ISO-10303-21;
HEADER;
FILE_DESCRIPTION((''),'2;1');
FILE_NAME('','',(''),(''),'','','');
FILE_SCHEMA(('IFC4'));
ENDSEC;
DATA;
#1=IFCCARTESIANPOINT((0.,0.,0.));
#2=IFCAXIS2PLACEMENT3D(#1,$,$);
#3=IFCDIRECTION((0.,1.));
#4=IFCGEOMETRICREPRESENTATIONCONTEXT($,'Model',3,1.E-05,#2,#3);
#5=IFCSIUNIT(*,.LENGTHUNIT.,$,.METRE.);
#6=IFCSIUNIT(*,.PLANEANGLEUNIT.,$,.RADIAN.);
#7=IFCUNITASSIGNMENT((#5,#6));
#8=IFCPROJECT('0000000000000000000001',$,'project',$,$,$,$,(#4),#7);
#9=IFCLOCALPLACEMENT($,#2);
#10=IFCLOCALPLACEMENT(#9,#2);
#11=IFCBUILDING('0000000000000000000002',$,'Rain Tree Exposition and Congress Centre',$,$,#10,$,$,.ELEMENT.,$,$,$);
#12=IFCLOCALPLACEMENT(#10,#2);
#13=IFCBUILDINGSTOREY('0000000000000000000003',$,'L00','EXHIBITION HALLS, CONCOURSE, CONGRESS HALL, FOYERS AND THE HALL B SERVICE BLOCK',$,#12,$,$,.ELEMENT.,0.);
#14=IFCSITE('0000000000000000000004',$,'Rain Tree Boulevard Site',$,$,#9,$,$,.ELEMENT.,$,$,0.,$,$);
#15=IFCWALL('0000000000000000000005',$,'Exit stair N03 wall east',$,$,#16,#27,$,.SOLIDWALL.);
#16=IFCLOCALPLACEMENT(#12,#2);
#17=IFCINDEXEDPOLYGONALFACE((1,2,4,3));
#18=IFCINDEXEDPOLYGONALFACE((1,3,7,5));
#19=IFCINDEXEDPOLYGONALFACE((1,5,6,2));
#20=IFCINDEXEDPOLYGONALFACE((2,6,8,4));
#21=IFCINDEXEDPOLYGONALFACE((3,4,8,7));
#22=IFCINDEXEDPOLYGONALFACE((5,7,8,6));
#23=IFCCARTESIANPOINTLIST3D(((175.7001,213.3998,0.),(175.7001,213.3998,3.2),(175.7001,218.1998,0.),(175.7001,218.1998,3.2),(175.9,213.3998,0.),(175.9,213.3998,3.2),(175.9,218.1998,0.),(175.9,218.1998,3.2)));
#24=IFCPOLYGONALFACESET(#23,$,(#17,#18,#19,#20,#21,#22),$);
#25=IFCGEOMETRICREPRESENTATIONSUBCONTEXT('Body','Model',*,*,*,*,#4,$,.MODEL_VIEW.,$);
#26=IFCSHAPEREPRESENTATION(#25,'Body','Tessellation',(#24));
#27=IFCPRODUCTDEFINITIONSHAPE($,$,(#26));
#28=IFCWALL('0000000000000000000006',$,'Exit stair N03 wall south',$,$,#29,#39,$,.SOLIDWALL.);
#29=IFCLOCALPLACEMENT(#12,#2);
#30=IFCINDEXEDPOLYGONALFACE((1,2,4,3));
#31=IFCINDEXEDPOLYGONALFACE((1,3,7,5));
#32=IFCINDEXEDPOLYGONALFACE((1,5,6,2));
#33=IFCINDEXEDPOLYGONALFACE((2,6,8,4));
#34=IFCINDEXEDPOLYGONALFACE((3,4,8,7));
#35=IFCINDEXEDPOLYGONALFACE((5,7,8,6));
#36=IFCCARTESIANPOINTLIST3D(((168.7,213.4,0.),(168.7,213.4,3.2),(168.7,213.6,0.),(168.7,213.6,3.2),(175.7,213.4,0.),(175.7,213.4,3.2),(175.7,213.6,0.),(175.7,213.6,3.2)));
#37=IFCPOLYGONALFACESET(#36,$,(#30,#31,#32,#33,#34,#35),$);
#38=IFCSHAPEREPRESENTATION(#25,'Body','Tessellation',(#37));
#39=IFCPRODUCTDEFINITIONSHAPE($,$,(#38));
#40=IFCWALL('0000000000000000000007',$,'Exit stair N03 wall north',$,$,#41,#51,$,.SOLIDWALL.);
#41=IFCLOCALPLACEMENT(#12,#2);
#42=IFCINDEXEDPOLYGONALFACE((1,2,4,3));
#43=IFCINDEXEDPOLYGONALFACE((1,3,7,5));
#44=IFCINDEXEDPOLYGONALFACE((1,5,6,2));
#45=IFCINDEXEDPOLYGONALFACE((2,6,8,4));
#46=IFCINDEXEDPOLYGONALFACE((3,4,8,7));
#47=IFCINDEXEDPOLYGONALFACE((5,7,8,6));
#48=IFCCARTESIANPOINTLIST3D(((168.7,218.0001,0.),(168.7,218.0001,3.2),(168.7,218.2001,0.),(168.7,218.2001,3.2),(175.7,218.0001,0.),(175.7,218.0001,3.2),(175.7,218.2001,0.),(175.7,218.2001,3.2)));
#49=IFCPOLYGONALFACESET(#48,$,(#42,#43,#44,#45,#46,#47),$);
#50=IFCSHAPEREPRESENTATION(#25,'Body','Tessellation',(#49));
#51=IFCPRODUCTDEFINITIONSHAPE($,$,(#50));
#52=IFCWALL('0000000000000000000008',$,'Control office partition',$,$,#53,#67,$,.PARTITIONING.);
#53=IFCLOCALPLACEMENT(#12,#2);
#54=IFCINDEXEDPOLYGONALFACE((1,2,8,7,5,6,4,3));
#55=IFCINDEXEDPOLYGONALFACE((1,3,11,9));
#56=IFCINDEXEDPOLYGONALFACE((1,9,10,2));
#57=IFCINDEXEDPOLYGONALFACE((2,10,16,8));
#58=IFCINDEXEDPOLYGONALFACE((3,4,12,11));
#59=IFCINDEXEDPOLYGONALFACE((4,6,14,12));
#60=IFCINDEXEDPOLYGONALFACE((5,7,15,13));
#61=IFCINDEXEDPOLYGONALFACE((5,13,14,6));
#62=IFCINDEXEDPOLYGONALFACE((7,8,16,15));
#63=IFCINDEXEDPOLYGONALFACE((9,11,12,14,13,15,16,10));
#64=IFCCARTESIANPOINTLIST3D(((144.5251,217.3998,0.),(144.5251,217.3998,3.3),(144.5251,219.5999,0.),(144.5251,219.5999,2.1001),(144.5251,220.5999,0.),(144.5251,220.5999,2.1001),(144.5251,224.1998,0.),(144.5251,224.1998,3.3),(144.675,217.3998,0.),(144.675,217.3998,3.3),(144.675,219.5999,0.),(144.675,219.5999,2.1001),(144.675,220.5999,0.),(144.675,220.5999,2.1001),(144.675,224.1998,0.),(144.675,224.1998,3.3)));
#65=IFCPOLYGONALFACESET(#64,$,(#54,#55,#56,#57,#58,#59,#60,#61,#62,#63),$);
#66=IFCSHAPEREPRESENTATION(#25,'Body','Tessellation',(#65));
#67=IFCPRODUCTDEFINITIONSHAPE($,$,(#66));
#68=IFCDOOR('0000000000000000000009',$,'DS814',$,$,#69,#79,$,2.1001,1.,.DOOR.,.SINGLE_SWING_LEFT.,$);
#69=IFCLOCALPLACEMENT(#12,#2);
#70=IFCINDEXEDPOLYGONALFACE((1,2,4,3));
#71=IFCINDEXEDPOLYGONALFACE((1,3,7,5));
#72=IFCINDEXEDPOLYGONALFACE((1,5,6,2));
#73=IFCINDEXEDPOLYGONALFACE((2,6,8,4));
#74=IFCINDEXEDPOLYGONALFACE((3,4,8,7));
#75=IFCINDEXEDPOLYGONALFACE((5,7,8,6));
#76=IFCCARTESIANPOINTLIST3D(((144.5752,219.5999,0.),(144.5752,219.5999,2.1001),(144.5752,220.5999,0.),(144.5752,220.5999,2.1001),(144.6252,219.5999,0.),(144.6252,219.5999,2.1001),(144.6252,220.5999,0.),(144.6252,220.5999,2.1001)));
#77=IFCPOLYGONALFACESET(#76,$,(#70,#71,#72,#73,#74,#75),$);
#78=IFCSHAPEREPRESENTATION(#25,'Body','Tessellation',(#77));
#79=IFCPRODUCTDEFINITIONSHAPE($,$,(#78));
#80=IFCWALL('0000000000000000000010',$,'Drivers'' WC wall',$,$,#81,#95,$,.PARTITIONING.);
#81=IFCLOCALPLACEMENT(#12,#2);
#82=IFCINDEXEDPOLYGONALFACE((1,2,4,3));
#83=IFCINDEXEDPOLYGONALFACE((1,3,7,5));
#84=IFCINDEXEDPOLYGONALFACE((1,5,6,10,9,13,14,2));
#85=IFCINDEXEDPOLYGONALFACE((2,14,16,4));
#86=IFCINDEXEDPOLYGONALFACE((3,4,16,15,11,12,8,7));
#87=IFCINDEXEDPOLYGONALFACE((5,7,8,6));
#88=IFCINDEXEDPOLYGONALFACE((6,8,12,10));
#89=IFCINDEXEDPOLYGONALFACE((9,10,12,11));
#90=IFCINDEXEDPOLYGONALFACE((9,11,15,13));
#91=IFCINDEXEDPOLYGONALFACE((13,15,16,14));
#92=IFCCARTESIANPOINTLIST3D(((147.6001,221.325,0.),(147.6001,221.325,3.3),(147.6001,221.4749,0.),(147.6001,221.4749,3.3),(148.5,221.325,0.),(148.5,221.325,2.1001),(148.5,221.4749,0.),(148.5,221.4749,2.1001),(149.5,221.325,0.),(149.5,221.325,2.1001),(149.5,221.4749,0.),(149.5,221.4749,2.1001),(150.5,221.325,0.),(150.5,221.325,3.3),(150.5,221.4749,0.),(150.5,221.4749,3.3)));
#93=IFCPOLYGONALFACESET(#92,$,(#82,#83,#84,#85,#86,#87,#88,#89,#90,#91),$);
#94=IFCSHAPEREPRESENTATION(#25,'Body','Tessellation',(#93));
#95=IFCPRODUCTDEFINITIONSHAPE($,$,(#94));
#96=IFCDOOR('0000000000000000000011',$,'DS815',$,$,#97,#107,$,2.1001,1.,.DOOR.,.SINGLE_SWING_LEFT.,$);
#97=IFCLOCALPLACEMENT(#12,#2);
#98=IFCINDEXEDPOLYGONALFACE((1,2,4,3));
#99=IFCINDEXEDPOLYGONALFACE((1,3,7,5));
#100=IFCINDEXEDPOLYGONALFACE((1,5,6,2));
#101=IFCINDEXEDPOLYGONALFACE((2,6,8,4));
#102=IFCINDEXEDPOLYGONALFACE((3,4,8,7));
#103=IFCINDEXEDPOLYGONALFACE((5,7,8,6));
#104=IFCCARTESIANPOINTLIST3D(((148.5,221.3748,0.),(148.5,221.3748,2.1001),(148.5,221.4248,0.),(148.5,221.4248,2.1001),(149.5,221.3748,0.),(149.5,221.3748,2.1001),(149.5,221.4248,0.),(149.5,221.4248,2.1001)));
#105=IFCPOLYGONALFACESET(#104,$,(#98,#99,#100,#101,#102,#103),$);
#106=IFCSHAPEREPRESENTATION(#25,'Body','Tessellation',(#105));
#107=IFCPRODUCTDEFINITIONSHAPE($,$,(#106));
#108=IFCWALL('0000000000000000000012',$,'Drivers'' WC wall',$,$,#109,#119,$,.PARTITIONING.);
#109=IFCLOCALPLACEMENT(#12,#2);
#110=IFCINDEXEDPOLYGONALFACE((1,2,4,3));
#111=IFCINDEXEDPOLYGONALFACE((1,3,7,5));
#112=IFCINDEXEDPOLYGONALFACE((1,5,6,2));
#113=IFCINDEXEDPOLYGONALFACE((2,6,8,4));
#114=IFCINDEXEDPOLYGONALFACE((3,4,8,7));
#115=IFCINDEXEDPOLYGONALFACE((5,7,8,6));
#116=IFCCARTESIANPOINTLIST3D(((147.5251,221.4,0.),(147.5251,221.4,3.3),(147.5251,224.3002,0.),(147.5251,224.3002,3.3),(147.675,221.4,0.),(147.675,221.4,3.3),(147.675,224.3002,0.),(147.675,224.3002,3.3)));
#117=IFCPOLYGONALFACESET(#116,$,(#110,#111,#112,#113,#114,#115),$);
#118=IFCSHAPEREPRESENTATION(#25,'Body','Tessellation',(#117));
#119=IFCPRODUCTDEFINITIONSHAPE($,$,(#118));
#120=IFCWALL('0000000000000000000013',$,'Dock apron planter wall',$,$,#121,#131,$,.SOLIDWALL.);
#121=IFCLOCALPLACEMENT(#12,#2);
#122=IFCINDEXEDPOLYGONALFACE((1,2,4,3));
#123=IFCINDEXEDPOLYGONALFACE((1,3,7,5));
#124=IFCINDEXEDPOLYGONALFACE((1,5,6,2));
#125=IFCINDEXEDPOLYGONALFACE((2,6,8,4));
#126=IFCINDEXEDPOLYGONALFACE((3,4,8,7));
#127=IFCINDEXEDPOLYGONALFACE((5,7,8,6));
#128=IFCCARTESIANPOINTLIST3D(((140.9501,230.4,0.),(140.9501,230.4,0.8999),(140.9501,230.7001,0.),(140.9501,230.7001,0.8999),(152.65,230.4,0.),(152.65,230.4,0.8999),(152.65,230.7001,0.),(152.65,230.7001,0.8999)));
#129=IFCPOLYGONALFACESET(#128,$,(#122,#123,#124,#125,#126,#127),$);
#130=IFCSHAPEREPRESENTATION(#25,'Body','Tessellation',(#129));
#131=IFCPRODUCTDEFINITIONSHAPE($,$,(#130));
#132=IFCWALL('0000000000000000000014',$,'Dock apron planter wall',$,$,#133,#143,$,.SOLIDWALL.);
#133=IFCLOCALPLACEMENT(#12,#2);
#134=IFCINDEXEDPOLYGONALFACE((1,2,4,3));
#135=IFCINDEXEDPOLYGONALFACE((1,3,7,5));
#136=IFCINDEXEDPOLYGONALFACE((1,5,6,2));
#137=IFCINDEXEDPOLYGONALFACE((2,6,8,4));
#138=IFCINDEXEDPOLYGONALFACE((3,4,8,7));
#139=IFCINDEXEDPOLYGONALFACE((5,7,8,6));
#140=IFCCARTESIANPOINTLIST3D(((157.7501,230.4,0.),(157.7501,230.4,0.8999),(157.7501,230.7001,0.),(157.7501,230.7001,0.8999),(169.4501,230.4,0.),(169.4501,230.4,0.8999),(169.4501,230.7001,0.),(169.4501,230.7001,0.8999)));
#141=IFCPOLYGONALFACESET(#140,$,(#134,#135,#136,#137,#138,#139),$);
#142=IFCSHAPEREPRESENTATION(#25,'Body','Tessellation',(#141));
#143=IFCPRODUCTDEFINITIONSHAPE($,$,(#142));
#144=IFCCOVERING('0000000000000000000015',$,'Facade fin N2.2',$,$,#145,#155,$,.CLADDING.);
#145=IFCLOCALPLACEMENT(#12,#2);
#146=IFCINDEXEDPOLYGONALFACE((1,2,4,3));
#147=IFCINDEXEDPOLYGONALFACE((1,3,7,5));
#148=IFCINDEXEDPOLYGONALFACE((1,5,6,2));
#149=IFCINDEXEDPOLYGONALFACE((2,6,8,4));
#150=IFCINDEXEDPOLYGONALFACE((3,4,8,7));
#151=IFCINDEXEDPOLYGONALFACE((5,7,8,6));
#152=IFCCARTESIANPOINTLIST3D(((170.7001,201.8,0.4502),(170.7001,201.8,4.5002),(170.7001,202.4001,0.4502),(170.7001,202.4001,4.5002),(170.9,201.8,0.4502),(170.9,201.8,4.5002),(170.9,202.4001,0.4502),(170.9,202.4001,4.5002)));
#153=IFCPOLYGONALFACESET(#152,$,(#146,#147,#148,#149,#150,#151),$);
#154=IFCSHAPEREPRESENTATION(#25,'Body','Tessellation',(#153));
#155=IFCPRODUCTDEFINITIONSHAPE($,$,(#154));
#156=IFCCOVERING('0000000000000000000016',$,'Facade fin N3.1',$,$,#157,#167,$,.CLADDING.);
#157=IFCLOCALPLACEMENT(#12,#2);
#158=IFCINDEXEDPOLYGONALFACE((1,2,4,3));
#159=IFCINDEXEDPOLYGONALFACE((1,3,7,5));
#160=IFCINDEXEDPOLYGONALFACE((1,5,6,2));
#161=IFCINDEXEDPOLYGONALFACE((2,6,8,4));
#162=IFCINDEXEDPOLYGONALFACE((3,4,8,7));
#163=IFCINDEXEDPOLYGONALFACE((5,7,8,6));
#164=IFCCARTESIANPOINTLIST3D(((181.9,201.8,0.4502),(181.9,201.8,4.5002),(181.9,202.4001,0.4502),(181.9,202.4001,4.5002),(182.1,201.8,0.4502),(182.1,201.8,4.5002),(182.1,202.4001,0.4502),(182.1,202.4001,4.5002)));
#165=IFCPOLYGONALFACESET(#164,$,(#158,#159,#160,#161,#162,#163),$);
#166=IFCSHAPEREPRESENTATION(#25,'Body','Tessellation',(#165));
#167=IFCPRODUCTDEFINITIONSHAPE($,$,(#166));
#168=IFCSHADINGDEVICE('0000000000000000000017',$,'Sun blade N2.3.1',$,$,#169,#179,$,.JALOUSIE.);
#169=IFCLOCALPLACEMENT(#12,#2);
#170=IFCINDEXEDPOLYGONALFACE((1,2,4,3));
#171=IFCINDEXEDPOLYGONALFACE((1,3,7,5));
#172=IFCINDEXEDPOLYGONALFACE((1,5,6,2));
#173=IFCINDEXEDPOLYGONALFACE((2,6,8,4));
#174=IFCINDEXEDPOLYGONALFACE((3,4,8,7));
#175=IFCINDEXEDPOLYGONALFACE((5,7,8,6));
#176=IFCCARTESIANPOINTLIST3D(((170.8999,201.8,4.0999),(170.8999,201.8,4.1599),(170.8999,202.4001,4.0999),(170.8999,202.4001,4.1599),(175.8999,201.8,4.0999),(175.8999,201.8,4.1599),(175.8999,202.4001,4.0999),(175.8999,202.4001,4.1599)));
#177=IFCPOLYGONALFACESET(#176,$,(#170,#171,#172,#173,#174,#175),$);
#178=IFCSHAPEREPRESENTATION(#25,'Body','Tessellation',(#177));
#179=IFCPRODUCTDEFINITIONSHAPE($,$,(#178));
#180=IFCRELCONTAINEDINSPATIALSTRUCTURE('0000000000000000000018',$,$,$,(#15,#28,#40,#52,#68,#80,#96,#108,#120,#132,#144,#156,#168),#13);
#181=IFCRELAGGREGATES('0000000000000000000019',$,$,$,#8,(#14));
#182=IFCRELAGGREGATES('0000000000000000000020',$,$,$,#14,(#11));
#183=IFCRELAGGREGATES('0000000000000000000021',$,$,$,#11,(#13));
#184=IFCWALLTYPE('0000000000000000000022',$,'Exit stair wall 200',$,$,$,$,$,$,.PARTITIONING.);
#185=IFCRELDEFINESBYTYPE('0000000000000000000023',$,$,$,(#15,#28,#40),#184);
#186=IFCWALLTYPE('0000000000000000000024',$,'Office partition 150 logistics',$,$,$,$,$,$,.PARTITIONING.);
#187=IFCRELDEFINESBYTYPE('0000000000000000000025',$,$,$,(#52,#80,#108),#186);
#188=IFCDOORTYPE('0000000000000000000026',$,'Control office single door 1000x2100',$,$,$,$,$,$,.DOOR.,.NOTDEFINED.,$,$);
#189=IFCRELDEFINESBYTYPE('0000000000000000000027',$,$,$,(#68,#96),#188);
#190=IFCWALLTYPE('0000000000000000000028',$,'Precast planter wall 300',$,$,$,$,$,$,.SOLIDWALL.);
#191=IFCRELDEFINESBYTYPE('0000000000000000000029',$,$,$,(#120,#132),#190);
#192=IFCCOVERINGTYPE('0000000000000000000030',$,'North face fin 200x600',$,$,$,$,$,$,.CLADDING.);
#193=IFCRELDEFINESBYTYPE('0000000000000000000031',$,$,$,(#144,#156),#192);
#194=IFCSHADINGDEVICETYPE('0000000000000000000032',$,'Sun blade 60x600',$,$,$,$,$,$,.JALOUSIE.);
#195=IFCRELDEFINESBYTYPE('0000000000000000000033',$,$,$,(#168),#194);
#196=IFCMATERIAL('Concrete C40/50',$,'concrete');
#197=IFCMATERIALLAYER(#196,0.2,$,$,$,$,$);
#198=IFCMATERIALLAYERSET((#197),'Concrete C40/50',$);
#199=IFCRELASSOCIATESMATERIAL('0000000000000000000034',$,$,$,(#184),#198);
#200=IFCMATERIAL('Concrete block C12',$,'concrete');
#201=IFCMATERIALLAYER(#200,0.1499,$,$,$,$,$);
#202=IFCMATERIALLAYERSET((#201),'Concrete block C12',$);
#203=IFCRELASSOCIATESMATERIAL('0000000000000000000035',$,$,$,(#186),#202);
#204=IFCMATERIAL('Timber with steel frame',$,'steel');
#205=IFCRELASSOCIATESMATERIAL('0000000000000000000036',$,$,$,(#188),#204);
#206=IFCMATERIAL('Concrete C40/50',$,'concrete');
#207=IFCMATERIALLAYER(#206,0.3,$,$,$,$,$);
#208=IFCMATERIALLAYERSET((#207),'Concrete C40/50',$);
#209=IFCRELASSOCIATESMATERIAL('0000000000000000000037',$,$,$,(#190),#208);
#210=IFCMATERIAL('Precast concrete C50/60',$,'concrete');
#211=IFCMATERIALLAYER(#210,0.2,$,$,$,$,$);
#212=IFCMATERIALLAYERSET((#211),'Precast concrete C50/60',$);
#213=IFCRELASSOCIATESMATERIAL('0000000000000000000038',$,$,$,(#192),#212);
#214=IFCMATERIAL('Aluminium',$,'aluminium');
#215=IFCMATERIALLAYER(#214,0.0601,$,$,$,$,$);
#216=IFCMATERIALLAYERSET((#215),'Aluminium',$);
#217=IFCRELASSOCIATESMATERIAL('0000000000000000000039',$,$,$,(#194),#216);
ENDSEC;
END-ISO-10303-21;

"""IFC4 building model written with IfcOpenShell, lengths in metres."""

from ifc_helpers import new_model, si_unit, direction, frame, frame_2d, origin, origin_2d, place, context, subcontext, project, spatial, rectangle, extrude, material, layer, layer_set, type_object, element, fill, save


model = new_model("IFC4")

# Units and contexts
model_context = context("Model", 3, precision=1e-05, world=origin(), true_north=direction((0.0, 1.0)))
body_context = subcontext(model_context, "Body", "Model", "MODEL_VIEW")
ifc_project = project(units=[si_unit("LENGTHUNIT", "METRE"), si_unit("PLANEANGLEUNIT", "RADIAN")], contexts=[model_context])

# Site, building, storey
site_placement = place(None, origin())
site = spatial("IfcSite", under=ifc_project, at=site_placement, Name="Rain Tree Boulevard Site", CompositionType="ELEMENT", RefElevation=0.0)
building_placement = place(site_placement, origin())
building = spatial("IfcBuilding", under=site, at=building_placement, Name="Rain Tree Exposition and Congress Centre", CompositionType="ELEMENT")
storey_placement = place(building_placement, origin())
storey = spatial("IfcBuildingStorey", under=building, at=storey_placement, Name="L00", Description="EXHIBITION HALLS, CONCOURSE, CONGRESS HALL, FOYERS AND THE HALL B SERVICE BLOCK", CompositionType="ELEMENT", Elevation=0.0)

# Shared definitions
ifc_material_1 = material(Name="Concrete C40/50", Category="concrete")
ifc_layer_1 = layer(ifc_material_1, 0.2)
ifc_layer_set_1 = layer_set([ifc_layer_1], Name="Concrete C40/50")
wall_type_1 = type_object("IfcWallType", Name="Exit stair wall 200", PredefinedType="PARTITIONING", material=ifc_layer_set_1)

# Walls
wall_1_placement = place(storey_placement, frame((175.8, 213.3999, 0.0), z_axis=(0.0, 0.0, 1.0), x_axis=(0.0, 1.0, 0.0)))
element("IfcWall", 1, at=wall_1_placement, inside=storey, type_object=wall_type_1, Name="Exit stair N03 wall east", PredefinedType="SOLIDWALL", context=body_context, shape_type="SweptSolid", body=[
    extrude(rectangle(XDim=4.8, YDim=0.2, at=frame_2d((2.3999, 0.0))), origin(), (0.0, 0.0, 1.0), 3.2),
])
for number, where, z_axis, x_axis, name in (
    (2, (168.7, 213.5, 0.0), (0.0, 0.0, 1.0), (1.0, 0.0, 0.0), "Exit stair N03 wall south"),
    (3, (168.7, 218.1001, 0.0), (0.0, 0.0, 1.0), (1.0, 0.0, 0.0), "Exit stair N03 wall north"),
):
    element("IfcWall", number, at=place(storey_placement, frame(where, z_axis=z_axis, x_axis=x_axis)), inside=storey, type_object=wall_type_1, Name=name, PredefinedType="SOLIDWALL", context=body_context, shape_type="SweptSolid", body=[
        extrude(rectangle(XDim=7.0, YDim=0.2, at=frame_2d((3.5, 0.0))), origin(), (0.0, 0.0, 1.0), 3.2),
    ])

# Walls, openings, doors
ifc_material_2 = material(Name="Concrete block C12", Category="concrete")
ifc_layer_2 = layer(ifc_material_2, 0.1499)
ifc_layer_set_2 = layer_set([ifc_layer_2], Name="Concrete block C12")
wall_type_2 = type_object("IfcWallType", Name="Office partition 150 logistics", PredefinedType="PARTITIONING", material=ifc_layer_set_2)
wall_2_placement = place(storey_placement, frame((144.6001, 217.3999, 0.0), z_axis=(0.0, 0.0, 1.0), x_axis=(0.0, 1.0, 0.0)))
wall_2 = element("IfcWall", 4, at=wall_2_placement, inside=storey, type_object=wall_type_2, Name="Control office partition", PredefinedType="PARTITIONING", context=body_context, shape_type="SweptSolid", body=[
    extrude(rectangle(XDim=6.8, YDim=0.1499, at=frame_2d((3.3999, 0.0))), origin(), (0.0, 0.0, 1.0), 3.3),
])
opening_1_placement = place(wall_2_placement, frame((2.2, 0.0, 0.0)))
opening_1 = element("IfcOpeningElement", 5, at=opening_1_placement, cuts=wall_2, PredefinedType="OPENING", context=body_context, shape_type="SweptSolid", body=[
    extrude(rectangle(XDim=1.0, YDim=2.1001, at=frame_2d((0.5, 1.05))), frame((0.0, 0.075, 0.0), z_axis=(0.0, -1.0, 0.0), x_axis=(1.0, 0.0, 0.0)), (0.0, 0.0, 1.0), 0.1499),
])
ifc_material_3 = material(Name="Timber with steel frame", Category="steel")
door_type_1 = type_object("IfcDoorType", Name="Control office single door 1000x2100", OperationType="NOTDEFINED", PredefinedType="DOOR", material=ifc_material_3)
door_1_placement = place(opening_1_placement, origin())
door_1 = element("IfcDoor", 6, at=door_1_placement, inside=storey, type_object=door_type_1, Name="DS814", OperationType="SINGLE_SWING_LEFT", OverallHeight=2.1001, OverallWidth=1.0, PredefinedType="DOOR", context=body_context, shape_type="SweptSolid", body=[
    extrude(rectangle(XDim=1.0, YDim=2.1001, at=frame_2d((0.5, 1.05))), frame((0.0, 0.0249, 0.0), z_axis=(0.0, -1.0, 0.0), x_axis=(1.0, 0.0, 0.0)), (0.0, 0.0, 1.0), 0.05),
])
fill(opening_1, door_1)
wall_3_placement = place(storey_placement, frame((147.6001, 221.3999, 0.0), z_axis=(0.0, 0.0, 1.0), x_axis=(1.0, 0.0, 0.0)))
wall_3 = element("IfcWall", 7, at=wall_3_placement, inside=storey, type_object=wall_type_2, Name="Drivers' WC wall", PredefinedType="PARTITIONING", context=body_context, shape_type="SweptSolid", body=[
    extrude(rectangle(XDim=2.8999, YDim=0.1499, at=frame_2d((1.45, 0.0))), origin(), (0.0, 0.0, 1.0), 3.3),
])
opening_2_placement = place(wall_3_placement, frame((0.8999, 0.0, 0.0)))
opening_2 = element("IfcOpeningElement", 8, at=opening_2_placement, cuts=wall_3, PredefinedType="OPENING", context=body_context, shape_type="SweptSolid", body=[
    extrude(rectangle(XDim=1.0, YDim=2.1001, at=frame_2d((0.5, 1.05))), frame((0.0, 0.075, 0.0), z_axis=(0.0, -1.0, 0.0), x_axis=(1.0, 0.0, 0.0)), (0.0, 0.0, 1.0), 0.1499),
])
door_2_placement = place(opening_2_placement, origin())
door_2 = element("IfcDoor", 9, at=door_2_placement, inside=storey, type_object=door_type_1, Name="DS815", OperationType="SINGLE_SWING_LEFT", OverallHeight=2.1001, OverallWidth=1.0, PredefinedType="DOOR", context=body_context, shape_type="SweptSolid", body=[
    extrude(rectangle(XDim=1.0, YDim=2.1001, at=frame_2d((0.5, 1.05))), frame((0.0, 0.0249, 0.0), z_axis=(0.0, -1.0, 0.0), x_axis=(1.0, 0.0, 0.0)), (0.0, 0.0, 1.0), 0.05),
])
fill(opening_2, door_2)

# Walls
wall_4_placement = place(storey_placement, frame((147.6001, 221.3999, 0.0), z_axis=(0.0, 0.0, 1.0), x_axis=(0.0, 1.0, 0.0)))
element("IfcWall", 10, at=wall_4_placement, inside=storey, type_object=wall_type_2, Name="Drivers' WC wall", PredefinedType="PARTITIONING", context=body_context, shape_type="SweptSolid", body=[
    extrude(rectangle(XDim=2.9001, YDim=0.1499, at=frame_2d((1.4502, 0.0))), origin(), (0.0, 0.0, 1.0), 3.3),
])
ifc_material_4 = material(Name="Concrete C40/50", Category="concrete")
ifc_layer_3 = layer(ifc_material_4, 0.3)
ifc_layer_set_3 = layer_set([ifc_layer_3], Name="Concrete C40/50")
wall_type_3 = type_object("IfcWallType", Name="Precast planter wall 300", PredefinedType="SOLIDWALL", material=ifc_layer_set_3)
for number, where, z_axis, x_axis, name in (
    (11, (140.95, 230.55, 0.0), (0.0, 0.0, 1.0), (1.0, 0.0, 0.0), "Dock apron planter wall"),
    (12, (157.75, 230.55, 0.0), (0.0, 0.0, 1.0), (1.0, 0.0, 0.0), "Dock apron planter wall"),
):
    element("IfcWall", number, at=place(storey_placement, frame(where, z_axis=z_axis, x_axis=x_axis)), inside=storey, type_object=wall_type_3, Name=name, PredefinedType="SOLIDWALL", context=body_context, shape_type="SweptSolid", body=[
        extrude(rectangle(XDim=11.7, YDim=0.3, at=frame_2d((5.8501, 0.0))), origin(), (0.0, 0.0, 1.0), 0.8999),
    ])

# Coverings
ifc_material_5 = material(Name="Precast concrete C50/60", Category="concrete")
ifc_layer_4 = layer(ifc_material_5, 0.2)
ifc_layer_set_4 = layer_set([ifc_layer_4], Name="Precast concrete C50/60")
covering_type = type_object("IfcCoveringType", Name="North face fin 200x600", PredefinedType="CLADDING", material=ifc_layer_set_4)
for number, where, z_axis, x_axis, name in (
    (13, (170.8, 202.1001, 0.4502), (0.0, 0.0, 1.0), (1.0, 0.0, 0.0), "Facade fin N2.2"),
    (14, (182.0, 202.1001, 0.4502), (0.0, 0.0, 1.0), (1.0, 0.0, 0.0), "Facade fin N3.1"),
):
    element("IfcCovering", number, at=place(storey_placement, frame(where, z_axis=z_axis, x_axis=x_axis)), inside=storey, type_object=covering_type, Name=name, PredefinedType="CLADDING", context=body_context, shape_type="SweptSolid", body=[
        extrude(rectangle(XDim=0.2, YDim=0.6001, at=origin_2d()), origin(), (0.0, 0.0, 1.0), 4.05),
    ])

# Shading device
ifc_material_6 = material(Name="Aluminium", Category="aluminium")
ifc_layer_5 = layer(ifc_material_6, 0.0601)
ifc_layer_set_5 = layer_set([ifc_layer_5], Name="Aluminium")
shading_device_type = type_object("IfcShadingDeviceType", Name="Sun blade 60x600", PredefinedType="JALOUSIE", material=ifc_layer_set_5)
for number, where, z_axis, x_axis, name in (
    (15, (173.3999, 202.1001, 4.0999), (0.0, 0.0, 1.0), (1.0, 0.0, 0.0), "Sun blade N2.3.1"),
):
    element("IfcShadingDevice", number, at=place(storey_placement, frame(where, z_axis=z_axis, x_axis=x_axis)), inside=storey, type_object=shading_device_type, Name=name, PredefinedType="JALOUSIE", context=body_context, shape_type="SweptSolid", body=[
        extrude(rectangle(XDim=5.0, YDim=0.6001, at=origin_2d()), origin(), (0.0, 0.0, 1.0), 0.0601),
    ])

save(model, "model.ifc")
